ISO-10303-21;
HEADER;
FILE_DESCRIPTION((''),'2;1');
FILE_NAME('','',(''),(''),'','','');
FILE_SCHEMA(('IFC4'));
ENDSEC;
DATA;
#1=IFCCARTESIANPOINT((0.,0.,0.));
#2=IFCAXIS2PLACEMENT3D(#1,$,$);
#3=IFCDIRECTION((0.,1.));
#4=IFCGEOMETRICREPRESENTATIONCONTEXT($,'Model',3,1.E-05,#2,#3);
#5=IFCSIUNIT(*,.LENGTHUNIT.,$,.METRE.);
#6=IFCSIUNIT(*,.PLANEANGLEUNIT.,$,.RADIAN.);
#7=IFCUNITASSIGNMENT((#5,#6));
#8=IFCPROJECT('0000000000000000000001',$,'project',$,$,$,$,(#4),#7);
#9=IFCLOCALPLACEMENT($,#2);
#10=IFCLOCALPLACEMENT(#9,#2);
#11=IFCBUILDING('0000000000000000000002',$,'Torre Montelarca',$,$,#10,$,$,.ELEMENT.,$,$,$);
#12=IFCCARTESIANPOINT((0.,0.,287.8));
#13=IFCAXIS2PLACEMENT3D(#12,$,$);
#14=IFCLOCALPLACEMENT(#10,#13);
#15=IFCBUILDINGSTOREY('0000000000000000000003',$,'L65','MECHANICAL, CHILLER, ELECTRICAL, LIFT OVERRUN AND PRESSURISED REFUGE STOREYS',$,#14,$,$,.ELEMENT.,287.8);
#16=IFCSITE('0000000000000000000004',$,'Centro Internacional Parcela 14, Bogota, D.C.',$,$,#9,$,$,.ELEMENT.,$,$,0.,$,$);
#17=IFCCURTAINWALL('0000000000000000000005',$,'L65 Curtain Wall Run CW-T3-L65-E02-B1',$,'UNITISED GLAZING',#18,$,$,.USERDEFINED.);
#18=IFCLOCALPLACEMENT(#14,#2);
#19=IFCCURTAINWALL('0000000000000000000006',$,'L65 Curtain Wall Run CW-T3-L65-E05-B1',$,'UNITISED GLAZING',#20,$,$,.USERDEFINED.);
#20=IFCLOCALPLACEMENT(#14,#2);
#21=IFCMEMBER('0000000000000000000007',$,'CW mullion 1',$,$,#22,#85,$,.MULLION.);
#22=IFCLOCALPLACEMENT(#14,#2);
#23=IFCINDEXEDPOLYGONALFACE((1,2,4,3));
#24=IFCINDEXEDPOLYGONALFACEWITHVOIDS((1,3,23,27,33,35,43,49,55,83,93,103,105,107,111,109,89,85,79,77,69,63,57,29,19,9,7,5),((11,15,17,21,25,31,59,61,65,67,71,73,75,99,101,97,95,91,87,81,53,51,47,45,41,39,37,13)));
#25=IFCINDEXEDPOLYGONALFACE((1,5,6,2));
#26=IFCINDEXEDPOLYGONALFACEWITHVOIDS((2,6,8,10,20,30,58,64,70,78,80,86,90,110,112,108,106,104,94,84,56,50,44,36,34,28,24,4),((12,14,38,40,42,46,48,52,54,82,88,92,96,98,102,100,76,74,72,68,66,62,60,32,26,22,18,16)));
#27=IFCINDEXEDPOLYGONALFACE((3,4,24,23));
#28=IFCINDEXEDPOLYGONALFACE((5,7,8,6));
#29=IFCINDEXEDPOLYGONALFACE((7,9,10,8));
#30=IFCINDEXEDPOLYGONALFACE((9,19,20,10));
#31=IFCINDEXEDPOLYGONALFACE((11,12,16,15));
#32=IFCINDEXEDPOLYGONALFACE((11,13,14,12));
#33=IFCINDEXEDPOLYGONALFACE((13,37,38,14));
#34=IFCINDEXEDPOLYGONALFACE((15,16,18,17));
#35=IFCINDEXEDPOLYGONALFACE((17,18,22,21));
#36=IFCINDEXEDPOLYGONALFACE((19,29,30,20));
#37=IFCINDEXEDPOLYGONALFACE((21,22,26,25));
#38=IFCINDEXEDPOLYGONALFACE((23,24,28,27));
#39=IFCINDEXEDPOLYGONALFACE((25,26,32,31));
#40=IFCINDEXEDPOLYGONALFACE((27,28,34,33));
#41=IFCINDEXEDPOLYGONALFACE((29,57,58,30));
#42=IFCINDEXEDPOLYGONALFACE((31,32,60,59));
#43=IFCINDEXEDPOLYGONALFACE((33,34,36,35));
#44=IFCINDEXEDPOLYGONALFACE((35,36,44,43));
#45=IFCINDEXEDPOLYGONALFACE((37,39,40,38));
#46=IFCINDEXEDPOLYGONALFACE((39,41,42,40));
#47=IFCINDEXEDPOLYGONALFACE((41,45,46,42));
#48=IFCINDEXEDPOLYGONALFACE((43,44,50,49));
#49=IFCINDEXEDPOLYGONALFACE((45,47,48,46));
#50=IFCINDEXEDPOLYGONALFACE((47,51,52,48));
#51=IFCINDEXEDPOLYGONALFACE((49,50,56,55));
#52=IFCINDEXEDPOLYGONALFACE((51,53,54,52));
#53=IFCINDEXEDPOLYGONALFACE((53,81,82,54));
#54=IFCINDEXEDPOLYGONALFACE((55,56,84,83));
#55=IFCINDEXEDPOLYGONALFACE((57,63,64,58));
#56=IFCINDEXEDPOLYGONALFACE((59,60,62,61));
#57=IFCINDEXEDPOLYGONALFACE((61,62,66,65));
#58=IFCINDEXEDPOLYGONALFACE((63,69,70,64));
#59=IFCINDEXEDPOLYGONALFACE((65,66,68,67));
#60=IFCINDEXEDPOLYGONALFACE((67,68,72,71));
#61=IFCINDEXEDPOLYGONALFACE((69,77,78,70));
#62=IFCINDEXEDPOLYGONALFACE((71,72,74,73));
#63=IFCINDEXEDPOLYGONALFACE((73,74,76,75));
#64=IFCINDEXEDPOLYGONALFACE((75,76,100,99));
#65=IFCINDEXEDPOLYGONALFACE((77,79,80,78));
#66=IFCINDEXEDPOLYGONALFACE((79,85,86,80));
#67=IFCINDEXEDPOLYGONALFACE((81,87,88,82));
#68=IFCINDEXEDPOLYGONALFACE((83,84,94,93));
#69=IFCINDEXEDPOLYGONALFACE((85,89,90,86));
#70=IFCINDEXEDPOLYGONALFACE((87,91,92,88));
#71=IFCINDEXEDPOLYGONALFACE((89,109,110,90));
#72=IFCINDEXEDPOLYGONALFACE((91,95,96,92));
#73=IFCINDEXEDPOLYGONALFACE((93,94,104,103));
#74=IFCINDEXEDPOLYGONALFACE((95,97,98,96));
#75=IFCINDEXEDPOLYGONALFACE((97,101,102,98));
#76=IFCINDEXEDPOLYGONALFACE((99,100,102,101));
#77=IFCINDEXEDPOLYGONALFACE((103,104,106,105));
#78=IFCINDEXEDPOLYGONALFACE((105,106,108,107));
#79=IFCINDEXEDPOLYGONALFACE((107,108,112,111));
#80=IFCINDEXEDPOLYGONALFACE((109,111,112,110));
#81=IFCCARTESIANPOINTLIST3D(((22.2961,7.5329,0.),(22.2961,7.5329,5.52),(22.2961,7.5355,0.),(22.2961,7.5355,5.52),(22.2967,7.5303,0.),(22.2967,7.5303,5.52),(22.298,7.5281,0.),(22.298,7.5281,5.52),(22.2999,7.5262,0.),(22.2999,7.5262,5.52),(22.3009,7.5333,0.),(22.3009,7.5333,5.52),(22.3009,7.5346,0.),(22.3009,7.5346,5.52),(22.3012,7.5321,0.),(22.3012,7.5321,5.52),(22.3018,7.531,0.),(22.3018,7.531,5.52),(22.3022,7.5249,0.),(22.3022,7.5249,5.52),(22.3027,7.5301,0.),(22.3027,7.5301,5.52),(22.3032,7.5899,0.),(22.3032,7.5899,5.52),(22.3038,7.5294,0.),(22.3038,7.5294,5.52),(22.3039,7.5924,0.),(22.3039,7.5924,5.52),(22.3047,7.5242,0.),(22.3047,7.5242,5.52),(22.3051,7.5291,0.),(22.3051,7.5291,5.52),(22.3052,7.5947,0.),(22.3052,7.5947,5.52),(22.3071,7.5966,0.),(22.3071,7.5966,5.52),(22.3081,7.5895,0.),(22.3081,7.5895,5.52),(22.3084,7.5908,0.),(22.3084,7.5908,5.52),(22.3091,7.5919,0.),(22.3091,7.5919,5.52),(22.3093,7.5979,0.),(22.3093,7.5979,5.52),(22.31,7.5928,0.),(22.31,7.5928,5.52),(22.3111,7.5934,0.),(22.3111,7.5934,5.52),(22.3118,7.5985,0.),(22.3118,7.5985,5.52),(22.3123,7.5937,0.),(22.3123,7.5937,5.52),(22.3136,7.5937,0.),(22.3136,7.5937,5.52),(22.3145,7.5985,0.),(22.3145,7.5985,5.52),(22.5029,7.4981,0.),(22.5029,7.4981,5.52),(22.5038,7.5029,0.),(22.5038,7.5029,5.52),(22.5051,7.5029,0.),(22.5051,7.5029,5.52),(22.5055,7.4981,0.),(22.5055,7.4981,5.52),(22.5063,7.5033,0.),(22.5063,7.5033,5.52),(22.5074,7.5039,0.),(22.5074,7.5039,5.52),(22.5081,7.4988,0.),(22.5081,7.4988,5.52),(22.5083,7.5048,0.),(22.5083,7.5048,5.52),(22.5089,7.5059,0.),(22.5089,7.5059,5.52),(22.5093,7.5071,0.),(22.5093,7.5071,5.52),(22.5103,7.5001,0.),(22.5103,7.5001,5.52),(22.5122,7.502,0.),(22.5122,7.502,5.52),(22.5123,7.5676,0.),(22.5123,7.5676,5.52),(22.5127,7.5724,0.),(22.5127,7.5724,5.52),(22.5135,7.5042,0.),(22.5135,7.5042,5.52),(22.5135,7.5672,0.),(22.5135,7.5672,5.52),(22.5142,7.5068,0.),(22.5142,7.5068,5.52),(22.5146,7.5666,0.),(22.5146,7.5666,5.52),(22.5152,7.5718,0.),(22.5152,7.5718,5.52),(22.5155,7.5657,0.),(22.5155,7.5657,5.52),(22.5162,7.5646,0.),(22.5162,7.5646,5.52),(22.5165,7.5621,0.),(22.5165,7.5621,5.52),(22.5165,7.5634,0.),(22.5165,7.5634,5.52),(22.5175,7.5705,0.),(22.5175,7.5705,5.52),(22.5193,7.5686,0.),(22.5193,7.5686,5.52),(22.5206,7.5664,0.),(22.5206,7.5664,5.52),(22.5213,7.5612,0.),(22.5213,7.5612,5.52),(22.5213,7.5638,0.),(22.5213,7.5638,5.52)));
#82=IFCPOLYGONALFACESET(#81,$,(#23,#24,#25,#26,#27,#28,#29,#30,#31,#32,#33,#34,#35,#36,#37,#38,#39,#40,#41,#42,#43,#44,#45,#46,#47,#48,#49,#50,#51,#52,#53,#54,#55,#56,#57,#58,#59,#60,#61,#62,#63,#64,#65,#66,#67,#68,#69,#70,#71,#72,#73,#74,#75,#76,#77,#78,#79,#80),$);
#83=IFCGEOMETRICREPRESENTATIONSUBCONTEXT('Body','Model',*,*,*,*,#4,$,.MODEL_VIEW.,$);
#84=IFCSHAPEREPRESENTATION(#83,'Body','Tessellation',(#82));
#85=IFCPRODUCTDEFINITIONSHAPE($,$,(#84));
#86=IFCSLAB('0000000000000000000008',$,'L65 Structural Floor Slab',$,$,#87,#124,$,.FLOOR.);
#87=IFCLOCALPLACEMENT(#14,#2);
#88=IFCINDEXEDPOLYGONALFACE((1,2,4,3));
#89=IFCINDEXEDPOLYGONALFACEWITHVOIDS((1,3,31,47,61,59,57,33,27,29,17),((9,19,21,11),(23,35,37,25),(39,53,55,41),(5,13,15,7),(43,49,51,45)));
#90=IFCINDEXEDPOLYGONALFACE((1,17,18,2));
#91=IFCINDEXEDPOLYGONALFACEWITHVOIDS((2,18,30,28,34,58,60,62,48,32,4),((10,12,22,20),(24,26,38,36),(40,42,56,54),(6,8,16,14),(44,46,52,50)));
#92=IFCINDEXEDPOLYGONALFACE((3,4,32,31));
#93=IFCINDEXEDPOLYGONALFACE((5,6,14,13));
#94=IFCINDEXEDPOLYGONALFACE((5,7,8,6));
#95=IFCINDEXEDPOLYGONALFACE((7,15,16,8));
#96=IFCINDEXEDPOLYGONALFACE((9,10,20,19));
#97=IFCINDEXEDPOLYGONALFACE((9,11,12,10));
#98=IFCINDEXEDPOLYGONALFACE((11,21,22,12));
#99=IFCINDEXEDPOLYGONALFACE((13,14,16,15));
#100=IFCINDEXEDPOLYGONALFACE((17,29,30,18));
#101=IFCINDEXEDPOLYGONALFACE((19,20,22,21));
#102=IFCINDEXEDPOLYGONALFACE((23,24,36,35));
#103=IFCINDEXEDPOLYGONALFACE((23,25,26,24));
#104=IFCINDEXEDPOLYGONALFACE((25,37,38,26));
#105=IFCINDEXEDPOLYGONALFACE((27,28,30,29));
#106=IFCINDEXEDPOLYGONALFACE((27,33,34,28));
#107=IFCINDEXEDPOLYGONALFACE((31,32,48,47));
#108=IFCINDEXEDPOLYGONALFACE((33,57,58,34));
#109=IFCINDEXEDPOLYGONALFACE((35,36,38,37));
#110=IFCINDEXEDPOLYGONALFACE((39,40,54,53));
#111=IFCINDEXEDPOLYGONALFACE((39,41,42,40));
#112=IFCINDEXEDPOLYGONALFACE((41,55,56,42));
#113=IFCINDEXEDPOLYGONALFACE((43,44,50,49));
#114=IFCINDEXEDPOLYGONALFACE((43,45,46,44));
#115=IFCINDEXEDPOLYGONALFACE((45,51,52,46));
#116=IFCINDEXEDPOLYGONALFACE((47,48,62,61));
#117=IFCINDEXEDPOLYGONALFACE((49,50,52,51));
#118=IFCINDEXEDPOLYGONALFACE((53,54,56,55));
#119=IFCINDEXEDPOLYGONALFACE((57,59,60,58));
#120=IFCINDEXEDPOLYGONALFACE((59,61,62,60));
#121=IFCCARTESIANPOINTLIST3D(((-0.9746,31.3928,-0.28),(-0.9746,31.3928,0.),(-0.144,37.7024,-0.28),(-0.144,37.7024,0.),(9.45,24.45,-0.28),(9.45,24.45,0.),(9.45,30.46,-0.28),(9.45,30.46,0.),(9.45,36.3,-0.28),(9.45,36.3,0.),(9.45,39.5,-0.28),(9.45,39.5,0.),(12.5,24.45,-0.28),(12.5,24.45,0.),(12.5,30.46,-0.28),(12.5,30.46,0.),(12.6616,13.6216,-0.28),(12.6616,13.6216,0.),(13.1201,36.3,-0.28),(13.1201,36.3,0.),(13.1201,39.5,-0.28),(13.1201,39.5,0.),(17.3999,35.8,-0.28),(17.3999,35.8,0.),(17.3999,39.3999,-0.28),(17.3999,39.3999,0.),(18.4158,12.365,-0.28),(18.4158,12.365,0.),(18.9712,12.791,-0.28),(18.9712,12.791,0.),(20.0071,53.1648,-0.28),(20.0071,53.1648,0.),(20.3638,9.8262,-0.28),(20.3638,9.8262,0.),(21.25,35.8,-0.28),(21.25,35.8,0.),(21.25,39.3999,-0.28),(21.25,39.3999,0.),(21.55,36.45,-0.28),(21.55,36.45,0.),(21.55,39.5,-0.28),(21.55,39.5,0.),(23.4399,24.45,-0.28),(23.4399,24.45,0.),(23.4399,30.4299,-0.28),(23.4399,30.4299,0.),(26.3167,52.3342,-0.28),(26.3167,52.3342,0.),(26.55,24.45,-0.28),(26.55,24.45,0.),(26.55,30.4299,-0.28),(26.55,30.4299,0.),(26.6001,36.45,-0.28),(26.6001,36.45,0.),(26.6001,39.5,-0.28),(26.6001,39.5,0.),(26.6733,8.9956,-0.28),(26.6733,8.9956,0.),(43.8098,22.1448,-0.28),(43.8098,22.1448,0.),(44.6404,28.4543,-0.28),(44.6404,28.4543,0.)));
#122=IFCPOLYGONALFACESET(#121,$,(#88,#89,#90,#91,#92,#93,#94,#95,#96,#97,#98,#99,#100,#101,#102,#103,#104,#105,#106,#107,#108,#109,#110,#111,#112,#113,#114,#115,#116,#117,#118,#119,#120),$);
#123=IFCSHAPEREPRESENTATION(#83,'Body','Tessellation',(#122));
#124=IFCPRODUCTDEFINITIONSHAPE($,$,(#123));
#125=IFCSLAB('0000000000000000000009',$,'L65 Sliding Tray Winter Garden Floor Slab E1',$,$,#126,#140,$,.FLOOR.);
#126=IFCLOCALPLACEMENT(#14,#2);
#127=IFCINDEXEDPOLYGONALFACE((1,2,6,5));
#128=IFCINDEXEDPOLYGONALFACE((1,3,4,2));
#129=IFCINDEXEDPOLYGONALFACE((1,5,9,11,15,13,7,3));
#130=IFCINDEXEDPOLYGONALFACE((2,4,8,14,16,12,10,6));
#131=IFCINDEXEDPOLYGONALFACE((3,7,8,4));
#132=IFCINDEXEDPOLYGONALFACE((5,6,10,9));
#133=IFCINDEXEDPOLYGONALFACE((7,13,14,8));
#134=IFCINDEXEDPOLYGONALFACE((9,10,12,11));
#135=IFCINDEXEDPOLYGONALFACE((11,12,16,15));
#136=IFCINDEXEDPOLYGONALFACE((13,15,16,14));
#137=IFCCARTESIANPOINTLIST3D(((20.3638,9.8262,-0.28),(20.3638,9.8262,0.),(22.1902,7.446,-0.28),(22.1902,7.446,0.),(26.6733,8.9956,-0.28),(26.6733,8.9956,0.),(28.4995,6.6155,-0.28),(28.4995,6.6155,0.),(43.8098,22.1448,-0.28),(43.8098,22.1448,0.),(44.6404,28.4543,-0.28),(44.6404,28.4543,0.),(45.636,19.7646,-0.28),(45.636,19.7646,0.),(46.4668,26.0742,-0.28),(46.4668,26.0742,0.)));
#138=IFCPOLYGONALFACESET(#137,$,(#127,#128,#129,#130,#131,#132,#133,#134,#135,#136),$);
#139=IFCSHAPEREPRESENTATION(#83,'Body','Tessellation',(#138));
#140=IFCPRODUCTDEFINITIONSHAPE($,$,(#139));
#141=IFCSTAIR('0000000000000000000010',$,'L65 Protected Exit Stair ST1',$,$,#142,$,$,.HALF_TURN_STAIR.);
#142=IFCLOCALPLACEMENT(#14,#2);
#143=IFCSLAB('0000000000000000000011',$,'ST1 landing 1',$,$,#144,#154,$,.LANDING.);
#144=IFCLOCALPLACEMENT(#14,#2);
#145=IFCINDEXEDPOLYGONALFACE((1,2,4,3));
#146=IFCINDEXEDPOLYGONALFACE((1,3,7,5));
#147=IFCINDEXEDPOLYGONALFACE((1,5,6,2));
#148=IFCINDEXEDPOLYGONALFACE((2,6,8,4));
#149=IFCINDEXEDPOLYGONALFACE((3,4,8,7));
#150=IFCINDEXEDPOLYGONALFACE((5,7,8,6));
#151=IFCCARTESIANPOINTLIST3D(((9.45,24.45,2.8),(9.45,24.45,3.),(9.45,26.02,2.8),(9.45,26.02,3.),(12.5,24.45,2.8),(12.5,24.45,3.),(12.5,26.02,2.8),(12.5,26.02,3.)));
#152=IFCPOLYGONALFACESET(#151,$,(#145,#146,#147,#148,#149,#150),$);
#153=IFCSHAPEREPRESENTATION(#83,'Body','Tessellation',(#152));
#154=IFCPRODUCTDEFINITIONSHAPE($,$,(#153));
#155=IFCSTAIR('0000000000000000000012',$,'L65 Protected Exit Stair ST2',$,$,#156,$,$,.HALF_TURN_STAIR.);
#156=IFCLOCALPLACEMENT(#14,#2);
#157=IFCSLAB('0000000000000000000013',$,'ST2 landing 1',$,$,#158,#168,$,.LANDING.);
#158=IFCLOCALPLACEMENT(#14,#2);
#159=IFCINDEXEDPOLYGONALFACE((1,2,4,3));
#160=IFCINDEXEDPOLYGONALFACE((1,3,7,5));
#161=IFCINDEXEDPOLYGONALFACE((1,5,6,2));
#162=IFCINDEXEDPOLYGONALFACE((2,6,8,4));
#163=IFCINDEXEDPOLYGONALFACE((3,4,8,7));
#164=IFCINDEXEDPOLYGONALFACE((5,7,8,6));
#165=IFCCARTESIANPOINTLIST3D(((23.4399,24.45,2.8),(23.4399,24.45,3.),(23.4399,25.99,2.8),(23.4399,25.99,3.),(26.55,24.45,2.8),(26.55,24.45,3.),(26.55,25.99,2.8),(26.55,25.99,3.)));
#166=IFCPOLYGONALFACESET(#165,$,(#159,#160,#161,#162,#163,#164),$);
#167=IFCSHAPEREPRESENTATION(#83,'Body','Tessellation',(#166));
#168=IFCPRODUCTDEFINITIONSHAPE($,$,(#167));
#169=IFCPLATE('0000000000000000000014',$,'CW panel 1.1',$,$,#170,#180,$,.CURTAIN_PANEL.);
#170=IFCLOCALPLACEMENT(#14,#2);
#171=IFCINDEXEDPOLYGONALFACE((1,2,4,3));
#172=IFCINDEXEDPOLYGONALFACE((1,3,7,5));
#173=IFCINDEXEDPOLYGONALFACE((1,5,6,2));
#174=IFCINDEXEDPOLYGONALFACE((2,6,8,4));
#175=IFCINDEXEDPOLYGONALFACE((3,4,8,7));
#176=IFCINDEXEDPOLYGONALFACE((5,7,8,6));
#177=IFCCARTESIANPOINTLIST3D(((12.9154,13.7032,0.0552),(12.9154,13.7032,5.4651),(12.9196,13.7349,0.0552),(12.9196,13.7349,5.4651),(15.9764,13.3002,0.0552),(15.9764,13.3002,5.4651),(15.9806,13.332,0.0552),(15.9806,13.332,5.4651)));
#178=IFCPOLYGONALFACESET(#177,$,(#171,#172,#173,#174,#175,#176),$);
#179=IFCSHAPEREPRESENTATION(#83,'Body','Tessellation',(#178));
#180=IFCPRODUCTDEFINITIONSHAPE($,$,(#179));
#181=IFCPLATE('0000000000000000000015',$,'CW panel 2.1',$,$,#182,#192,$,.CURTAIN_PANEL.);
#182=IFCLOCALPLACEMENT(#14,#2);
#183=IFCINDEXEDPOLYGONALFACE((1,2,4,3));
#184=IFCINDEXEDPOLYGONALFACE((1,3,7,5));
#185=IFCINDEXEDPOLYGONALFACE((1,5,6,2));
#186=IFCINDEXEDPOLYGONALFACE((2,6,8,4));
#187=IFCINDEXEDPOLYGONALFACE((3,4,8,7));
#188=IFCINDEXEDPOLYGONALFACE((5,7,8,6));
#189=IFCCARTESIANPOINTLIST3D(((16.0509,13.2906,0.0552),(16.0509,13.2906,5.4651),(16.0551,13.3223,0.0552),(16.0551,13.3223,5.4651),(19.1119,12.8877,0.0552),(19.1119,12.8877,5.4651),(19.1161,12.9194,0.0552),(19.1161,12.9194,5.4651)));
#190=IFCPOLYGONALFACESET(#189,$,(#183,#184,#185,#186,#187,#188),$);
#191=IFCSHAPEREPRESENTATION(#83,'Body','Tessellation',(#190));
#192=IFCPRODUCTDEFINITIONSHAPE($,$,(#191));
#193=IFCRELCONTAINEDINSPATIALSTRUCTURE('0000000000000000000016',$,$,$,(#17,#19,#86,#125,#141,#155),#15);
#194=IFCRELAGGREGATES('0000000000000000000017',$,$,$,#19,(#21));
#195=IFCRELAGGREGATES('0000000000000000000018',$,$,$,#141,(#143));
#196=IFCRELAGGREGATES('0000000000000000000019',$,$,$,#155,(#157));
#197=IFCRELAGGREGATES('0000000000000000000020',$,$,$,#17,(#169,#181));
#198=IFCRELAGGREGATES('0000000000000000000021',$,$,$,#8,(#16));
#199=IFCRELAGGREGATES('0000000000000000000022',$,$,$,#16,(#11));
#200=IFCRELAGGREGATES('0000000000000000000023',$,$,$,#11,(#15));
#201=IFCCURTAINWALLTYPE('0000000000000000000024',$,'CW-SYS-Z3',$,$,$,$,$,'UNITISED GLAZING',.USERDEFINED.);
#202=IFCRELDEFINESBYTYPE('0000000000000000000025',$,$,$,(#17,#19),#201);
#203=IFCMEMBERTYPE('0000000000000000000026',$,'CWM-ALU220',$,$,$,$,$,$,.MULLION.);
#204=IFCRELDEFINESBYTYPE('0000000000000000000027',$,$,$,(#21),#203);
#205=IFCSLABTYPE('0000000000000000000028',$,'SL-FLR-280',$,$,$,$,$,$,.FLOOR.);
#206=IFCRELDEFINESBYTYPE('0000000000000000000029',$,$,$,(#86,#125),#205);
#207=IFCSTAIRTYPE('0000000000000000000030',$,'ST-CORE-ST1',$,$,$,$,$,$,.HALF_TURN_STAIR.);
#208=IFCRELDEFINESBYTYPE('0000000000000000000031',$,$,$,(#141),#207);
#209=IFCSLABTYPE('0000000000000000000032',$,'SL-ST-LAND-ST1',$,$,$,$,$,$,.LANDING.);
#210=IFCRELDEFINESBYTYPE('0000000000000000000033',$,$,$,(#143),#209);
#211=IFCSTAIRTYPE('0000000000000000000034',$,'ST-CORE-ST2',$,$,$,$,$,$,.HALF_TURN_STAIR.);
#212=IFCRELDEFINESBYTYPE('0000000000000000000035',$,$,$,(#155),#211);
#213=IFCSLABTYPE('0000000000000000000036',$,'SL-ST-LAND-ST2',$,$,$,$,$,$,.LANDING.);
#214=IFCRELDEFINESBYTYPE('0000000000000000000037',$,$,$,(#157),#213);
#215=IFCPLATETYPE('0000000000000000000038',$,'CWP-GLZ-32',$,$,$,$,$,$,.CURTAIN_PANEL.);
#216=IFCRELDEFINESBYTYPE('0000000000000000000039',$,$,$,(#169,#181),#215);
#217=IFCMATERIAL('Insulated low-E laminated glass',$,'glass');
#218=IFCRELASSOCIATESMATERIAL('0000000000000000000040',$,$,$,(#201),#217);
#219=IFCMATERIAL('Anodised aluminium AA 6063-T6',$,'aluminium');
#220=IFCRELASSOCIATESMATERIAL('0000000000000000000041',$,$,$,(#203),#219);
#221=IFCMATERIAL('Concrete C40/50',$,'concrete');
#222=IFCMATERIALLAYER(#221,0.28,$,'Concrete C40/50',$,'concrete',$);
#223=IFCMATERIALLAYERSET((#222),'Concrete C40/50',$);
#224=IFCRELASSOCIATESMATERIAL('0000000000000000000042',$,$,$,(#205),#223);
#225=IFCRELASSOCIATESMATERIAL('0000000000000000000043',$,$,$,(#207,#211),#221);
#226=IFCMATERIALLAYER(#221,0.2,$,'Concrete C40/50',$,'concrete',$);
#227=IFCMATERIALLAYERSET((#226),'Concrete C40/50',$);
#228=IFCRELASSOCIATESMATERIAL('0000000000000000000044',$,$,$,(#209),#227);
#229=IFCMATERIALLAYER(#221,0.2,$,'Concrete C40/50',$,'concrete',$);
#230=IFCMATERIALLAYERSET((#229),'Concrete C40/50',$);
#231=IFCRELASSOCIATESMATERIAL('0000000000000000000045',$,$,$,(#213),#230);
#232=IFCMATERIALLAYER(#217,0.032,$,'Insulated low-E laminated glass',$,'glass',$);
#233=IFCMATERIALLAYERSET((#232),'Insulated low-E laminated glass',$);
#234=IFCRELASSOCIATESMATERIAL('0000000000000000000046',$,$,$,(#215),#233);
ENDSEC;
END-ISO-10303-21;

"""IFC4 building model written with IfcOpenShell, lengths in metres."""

from ifc_helpers import new_model, si_unit, direction, frame, origin, origin_2d, place, context, subcontext, project, spatial, polyline, rectangle, hollow_rectangle, outline, extrude, source, transform, mapped, material, layer, layer_set, material_profile, profile_set, type_object, element, aggregate, save


model = new_model("IFC4")

# Units and contexts
model_context = context("Model", 3, precision=1e-05, world=origin(), true_north=direction((0.0, 1.0)))
body_context = subcontext(model_context, "Body", "Model", "MODEL_VIEW")
ifc_project = project(units=[si_unit("LENGTHUNIT", "METRE"), si_unit("PLANEANGLEUNIT", "RADIAN")], contexts=[model_context])

# Site, building, storey
site_placement = place(None, origin())
site = spatial("IfcSite", under=ifc_project, at=site_placement, Name="Centro Internacional Parcela 14, Bogota, D.C.", CompositionType="ELEMENT", RefElevation=0.0)
building_placement = place(site_placement, origin())
building = spatial("IfcBuilding", under=site, at=building_placement, Name="Torre Montelarca", CompositionType="ELEMENT")
storey_placement = place(building_placement, frame((0.0, 0.0, 287.8)))
storey = spatial("IfcBuildingStorey", under=building, at=storey_placement, Name="L65", Description="MECHANICAL, CHILLER, ELECTRICAL, LIFT OVERRUN AND PRESSURISED REFUGE STOREYS", CompositionType="ELEMENT", Elevation=287.8)

# Curtain wall
ifc_material_1 = material(Name="Insulated low-E laminated glass", Category="glass")
curtain_wall_type = type_object("IfcCurtainWallType", Name="CW-SYS-Z3", ElementType="UNITISED GLAZING", PredefinedType="USERDEFINED", material=ifc_material_1)
curtain_wall_1_placement = place(storey_placement, origin())
curtain_wall_1 = element("IfcCurtainWall", 1, at=curtain_wall_1_placement, inside=storey, type_object=curtain_wall_type, Name="L65 Curtain Wall Run CW-T3-L65-E02-B1", ObjectType="UNITISED GLAZING", PredefinedType="USERDEFINED")
ifc_material_2 = material(Name="Anodised aluminium AA 6063-T6", Category="aluminium")

# Curtain wall
curtain_wall_2_placement = place(storey_placement, origin())
curtain_wall_2 = element("IfcCurtainWall", 2, at=curtain_wall_2_placement, inside=storey, type_object=curtain_wall_type, Name="L65 Curtain Wall Run CW-T3-L65-E05-B1", ObjectType="UNITISED GLAZING", PredefinedType="USERDEFINED")

# Member
ifc_material_profile_1 = material_profile(ifc_material_2, hollow_rectangle(XDim=0.075, YDim=0.22, WallThickness=0.0049, InnerFilletRadius=0.0049, OuterFilletRadius=0.01, at=origin_2d()), Name="ALU75X220X5", Category="aluminium")
ifc_profile_set_1 = profile_set([ifc_material_profile_1], Name="Anodised aluminium AA 6063-T6")
member_type_1 = type_object("IfcMemberType", Name="CWM-ALU220", PredefinedType="MULLION", material=ifc_profile_set_1)
shared_shape_1 = source(origin(), body_context, "Body", "SweptSolid", [
    extrude(hollow_rectangle(XDim=0.075, YDim=0.22, WallThickness=0.0049, InnerFilletRadius=0.0049, OuterFilletRadius=0.01, at=origin_2d()), origin(), (0.0, 0.0, 1.0), 5.52),
])
member_1_placement = place(storey_placement, frame((22.4087, 7.5483, 0.0), z_axis=(0.0, 0.0, 1.0), x_axis=(0.130514, 0.991446, 0.0)))
member_1 = element("IfcMember", 3, at=member_1_placement, type_object=member_type_1, Name="CW mullion 1", PredefinedType="MULLION", context=body_context, shape_type="MappedRepresentation", body=[
    mapped(shared_shape_1, transform((0.0, 0.0, 0.0), scale=1.0)),
])
aggregate(curtain_wall_2, [member_1])

# Slabs
ifc_material_3 = material(Name="Concrete C40/50", Category="concrete")
ifc_layer_1 = layer(ifc_material_3, 0.28, Name="Concrete C40/50", Category="concrete")
ifc_layer_set_1 = layer_set([ifc_layer_1], Name="Concrete C40/50")
slab_type_1 = type_object("IfcSlabType", Name="SL-FLR-280", PredefinedType="FLOOR", material=ifc_layer_set_1)
slab_1_placement = place(storey_placement, frame((0.0, 0.0, -0.28)))
element("IfcSlab", 4, at=slab_1_placement, inside=storey, type_object=slab_type_1, Name="L65 Structural Floor Slab", PredefinedType="FLOOR", context=body_context, shape_type="SweptSolid", body=[
    extrude(outline(polyline([(12.6616, 13.6216), (18.9712, 12.791), (18.4158, 12.365), (20.3638, 9.8262), (26.6733, 8.9956), (43.8098, 22.1448), (44.6404, 28.4543), (26.3167, 52.3342), (20.0071, 53.1648), (-0.144, 37.7024), (-0.9746, 31.3928), (12.6616, 13.6216)]), holes=[polyline([(26.55, 24.45), (23.4399, 24.45), (23.4399, 30.4299), (26.55, 30.4299), (26.55, 24.45)]), polyline([(12.5, 24.45), (9.45, 24.45), (9.45, 30.46), (12.5, 30.46), (12.5, 24.45)]), polyline([(21.25, 39.3999), (21.25, 35.8), (17.3999, 35.8), (17.3999, 39.3999), (21.25, 39.3999)]), polyline([(13.1201, 36.3), (9.45, 36.3), (9.45, 39.5), (13.1201, 39.5), (13.1201, 36.3)]), polyline([(26.6001, 36.45), (21.55, 36.45), (21.55, 39.5), (26.6001, 39.5), (26.6001, 36.45)])]), origin(), (0.0, 0.0, 1.0), 0.28),
])
slab_2_placement = place(storey_placement, frame((0.0, 0.0, -0.28)))
element("IfcSlab", 5, at=slab_2_placement, inside=storey, type_object=slab_type_1, Name="L65 Sliding Tray Winter Garden Floor Slab E1", PredefinedType="FLOOR", context=body_context, shape_type="SweptSolid", body=[
    extrude(outline(polyline([(44.6404, 28.4543), (43.8098, 22.1448), (26.6733, 8.9956), (20.3638, 9.8262), (22.1902, 7.446), (28.4995, 6.6155), (45.636, 19.7646), (46.4668, 26.0742), (44.6404, 28.4543)])), origin(), (0.0, 0.0, 1.0), 0.28),
])

# Stairs, slabs
stair_type_1 = type_object("IfcStairType", Name="ST-CORE-ST1", PredefinedType="HALF_TURN_STAIR", material=ifc_material_3)
stair_1_placement = place(storey_placement, origin())
stair_1 = element("IfcStair", 6, at=stair_1_placement, inside=storey, type_object=stair_type_1, Name="L65 Protected Exit Stair ST1", PredefinedType="HALF_TURN_STAIR")
ifc_layer_2 = layer(ifc_material_3, 0.2, Name="Concrete C40/50", Category="concrete")
ifc_layer_set_2 = layer_set([ifc_layer_2], Name="Concrete C40/50")
slab_type_2 = type_object("IfcSlabType", Name="SL-ST-LAND-ST1", PredefinedType="LANDING", material=ifc_layer_set_2)
slab_3_placement = place(storey_placement, frame((0.0, 0.0, 2.8)))
slab_3 = element("IfcSlab", 7, at=slab_3_placement, type_object=slab_type_2, Name="ST1 landing 1", PredefinedType="LANDING", context=body_context, shape_type="SweptSolid", body=[
    extrude(outline(polyline([(9.45, 26.02), (9.45, 24.45), (12.5, 24.45), (12.5, 26.02), (9.45, 26.02)])), origin(), (0.0, 0.0, 1.0), 0.2),
])
aggregate(stair_1, [slab_3])
stair_type_2 = type_object("IfcStairType", Name="ST-CORE-ST2", PredefinedType="HALF_TURN_STAIR", material=ifc_material_3)
stair_2_placement = place(storey_placement, origin())
stair_2 = element("IfcStair", 8, at=stair_2_placement, inside=storey, type_object=stair_type_2, Name="L65 Protected Exit Stair ST2", PredefinedType="HALF_TURN_STAIR")
ifc_layer_3 = layer(ifc_material_3, 0.2, Name="Concrete C40/50", Category="concrete")
ifc_layer_set_3 = layer_set([ifc_layer_3], Name="Concrete C40/50")
slab_type_3 = type_object("IfcSlabType", Name="SL-ST-LAND-ST2", PredefinedType="LANDING", material=ifc_layer_set_3)
slab_4_placement = place(storey_placement, frame((0.0, 0.0, 2.8)))
slab_4 = element("IfcSlab", 9, at=slab_4_placement, type_object=slab_type_3, Name="ST2 landing 1", PredefinedType="LANDING", context=body_context, shape_type="SweptSolid", body=[
    extrude(outline(polyline([(23.4399, 25.99), (23.4399, 24.45), (26.55, 24.45), (26.55, 25.99), (23.4399, 25.99)])), origin(), (0.0, 0.0, 1.0), 0.2),
])
aggregate(stair_2, [slab_4])

# Plates
ifc_layer_4 = layer(ifc_material_1, 0.032, Name="Insulated low-E laminated glass", Category="glass")
ifc_layer_set_4 = layer_set([ifc_layer_4], Name="Insulated low-E laminated glass")
plate_type = type_object("IfcPlateType", Name="CWP-GLZ-32", PredefinedType="CURTAIN_PANEL", material=ifc_layer_set_4)
shared_shape_2 = source(origin(), body_context, "Body", "SweptSolid", [
    extrude(rectangle(XDim=3.0874, YDim=0.032, at=origin_2d()), origin(), (0.0, 0.0, 1.0), 5.4099),
])
plate_1_placement = place(storey_placement, frame((14.448, 13.5176, 0.0552), z_axis=(0.0, 0.0, 1.0), x_axis=(0.991446, -0.130515, 0.0)))
plate_1 = element("IfcPlate", 10, at=plate_1_placement, type_object=plate_type, Name="CW panel 1.1", PredefinedType="CURTAIN_PANEL", context=body_context, shape_type="MappedRepresentation", body=[
    mapped(shared_shape_2, transform((0.0, 0.0, 0.0), scale=1.0)),
])
plate_2_placement = place(storey_placement, frame((17.5835, 13.105, 0.0552), z_axis=(0.0, 0.0, 1.0), x_axis=(0.991446, -0.130515, 0.0)))
plate_2 = element("IfcPlate", 11, at=plate_2_placement, type_object=plate_type, Name="CW panel 2.1", PredefinedType="CURTAIN_PANEL", context=body_context, shape_type="MappedRepresentation", body=[
    mapped(shared_shape_2, transform((0.0, 0.0, 0.0), scale=1.0)),
])
aggregate(curtain_wall_1, [plate_1, plate_2])

save(model, "model.ifc")
